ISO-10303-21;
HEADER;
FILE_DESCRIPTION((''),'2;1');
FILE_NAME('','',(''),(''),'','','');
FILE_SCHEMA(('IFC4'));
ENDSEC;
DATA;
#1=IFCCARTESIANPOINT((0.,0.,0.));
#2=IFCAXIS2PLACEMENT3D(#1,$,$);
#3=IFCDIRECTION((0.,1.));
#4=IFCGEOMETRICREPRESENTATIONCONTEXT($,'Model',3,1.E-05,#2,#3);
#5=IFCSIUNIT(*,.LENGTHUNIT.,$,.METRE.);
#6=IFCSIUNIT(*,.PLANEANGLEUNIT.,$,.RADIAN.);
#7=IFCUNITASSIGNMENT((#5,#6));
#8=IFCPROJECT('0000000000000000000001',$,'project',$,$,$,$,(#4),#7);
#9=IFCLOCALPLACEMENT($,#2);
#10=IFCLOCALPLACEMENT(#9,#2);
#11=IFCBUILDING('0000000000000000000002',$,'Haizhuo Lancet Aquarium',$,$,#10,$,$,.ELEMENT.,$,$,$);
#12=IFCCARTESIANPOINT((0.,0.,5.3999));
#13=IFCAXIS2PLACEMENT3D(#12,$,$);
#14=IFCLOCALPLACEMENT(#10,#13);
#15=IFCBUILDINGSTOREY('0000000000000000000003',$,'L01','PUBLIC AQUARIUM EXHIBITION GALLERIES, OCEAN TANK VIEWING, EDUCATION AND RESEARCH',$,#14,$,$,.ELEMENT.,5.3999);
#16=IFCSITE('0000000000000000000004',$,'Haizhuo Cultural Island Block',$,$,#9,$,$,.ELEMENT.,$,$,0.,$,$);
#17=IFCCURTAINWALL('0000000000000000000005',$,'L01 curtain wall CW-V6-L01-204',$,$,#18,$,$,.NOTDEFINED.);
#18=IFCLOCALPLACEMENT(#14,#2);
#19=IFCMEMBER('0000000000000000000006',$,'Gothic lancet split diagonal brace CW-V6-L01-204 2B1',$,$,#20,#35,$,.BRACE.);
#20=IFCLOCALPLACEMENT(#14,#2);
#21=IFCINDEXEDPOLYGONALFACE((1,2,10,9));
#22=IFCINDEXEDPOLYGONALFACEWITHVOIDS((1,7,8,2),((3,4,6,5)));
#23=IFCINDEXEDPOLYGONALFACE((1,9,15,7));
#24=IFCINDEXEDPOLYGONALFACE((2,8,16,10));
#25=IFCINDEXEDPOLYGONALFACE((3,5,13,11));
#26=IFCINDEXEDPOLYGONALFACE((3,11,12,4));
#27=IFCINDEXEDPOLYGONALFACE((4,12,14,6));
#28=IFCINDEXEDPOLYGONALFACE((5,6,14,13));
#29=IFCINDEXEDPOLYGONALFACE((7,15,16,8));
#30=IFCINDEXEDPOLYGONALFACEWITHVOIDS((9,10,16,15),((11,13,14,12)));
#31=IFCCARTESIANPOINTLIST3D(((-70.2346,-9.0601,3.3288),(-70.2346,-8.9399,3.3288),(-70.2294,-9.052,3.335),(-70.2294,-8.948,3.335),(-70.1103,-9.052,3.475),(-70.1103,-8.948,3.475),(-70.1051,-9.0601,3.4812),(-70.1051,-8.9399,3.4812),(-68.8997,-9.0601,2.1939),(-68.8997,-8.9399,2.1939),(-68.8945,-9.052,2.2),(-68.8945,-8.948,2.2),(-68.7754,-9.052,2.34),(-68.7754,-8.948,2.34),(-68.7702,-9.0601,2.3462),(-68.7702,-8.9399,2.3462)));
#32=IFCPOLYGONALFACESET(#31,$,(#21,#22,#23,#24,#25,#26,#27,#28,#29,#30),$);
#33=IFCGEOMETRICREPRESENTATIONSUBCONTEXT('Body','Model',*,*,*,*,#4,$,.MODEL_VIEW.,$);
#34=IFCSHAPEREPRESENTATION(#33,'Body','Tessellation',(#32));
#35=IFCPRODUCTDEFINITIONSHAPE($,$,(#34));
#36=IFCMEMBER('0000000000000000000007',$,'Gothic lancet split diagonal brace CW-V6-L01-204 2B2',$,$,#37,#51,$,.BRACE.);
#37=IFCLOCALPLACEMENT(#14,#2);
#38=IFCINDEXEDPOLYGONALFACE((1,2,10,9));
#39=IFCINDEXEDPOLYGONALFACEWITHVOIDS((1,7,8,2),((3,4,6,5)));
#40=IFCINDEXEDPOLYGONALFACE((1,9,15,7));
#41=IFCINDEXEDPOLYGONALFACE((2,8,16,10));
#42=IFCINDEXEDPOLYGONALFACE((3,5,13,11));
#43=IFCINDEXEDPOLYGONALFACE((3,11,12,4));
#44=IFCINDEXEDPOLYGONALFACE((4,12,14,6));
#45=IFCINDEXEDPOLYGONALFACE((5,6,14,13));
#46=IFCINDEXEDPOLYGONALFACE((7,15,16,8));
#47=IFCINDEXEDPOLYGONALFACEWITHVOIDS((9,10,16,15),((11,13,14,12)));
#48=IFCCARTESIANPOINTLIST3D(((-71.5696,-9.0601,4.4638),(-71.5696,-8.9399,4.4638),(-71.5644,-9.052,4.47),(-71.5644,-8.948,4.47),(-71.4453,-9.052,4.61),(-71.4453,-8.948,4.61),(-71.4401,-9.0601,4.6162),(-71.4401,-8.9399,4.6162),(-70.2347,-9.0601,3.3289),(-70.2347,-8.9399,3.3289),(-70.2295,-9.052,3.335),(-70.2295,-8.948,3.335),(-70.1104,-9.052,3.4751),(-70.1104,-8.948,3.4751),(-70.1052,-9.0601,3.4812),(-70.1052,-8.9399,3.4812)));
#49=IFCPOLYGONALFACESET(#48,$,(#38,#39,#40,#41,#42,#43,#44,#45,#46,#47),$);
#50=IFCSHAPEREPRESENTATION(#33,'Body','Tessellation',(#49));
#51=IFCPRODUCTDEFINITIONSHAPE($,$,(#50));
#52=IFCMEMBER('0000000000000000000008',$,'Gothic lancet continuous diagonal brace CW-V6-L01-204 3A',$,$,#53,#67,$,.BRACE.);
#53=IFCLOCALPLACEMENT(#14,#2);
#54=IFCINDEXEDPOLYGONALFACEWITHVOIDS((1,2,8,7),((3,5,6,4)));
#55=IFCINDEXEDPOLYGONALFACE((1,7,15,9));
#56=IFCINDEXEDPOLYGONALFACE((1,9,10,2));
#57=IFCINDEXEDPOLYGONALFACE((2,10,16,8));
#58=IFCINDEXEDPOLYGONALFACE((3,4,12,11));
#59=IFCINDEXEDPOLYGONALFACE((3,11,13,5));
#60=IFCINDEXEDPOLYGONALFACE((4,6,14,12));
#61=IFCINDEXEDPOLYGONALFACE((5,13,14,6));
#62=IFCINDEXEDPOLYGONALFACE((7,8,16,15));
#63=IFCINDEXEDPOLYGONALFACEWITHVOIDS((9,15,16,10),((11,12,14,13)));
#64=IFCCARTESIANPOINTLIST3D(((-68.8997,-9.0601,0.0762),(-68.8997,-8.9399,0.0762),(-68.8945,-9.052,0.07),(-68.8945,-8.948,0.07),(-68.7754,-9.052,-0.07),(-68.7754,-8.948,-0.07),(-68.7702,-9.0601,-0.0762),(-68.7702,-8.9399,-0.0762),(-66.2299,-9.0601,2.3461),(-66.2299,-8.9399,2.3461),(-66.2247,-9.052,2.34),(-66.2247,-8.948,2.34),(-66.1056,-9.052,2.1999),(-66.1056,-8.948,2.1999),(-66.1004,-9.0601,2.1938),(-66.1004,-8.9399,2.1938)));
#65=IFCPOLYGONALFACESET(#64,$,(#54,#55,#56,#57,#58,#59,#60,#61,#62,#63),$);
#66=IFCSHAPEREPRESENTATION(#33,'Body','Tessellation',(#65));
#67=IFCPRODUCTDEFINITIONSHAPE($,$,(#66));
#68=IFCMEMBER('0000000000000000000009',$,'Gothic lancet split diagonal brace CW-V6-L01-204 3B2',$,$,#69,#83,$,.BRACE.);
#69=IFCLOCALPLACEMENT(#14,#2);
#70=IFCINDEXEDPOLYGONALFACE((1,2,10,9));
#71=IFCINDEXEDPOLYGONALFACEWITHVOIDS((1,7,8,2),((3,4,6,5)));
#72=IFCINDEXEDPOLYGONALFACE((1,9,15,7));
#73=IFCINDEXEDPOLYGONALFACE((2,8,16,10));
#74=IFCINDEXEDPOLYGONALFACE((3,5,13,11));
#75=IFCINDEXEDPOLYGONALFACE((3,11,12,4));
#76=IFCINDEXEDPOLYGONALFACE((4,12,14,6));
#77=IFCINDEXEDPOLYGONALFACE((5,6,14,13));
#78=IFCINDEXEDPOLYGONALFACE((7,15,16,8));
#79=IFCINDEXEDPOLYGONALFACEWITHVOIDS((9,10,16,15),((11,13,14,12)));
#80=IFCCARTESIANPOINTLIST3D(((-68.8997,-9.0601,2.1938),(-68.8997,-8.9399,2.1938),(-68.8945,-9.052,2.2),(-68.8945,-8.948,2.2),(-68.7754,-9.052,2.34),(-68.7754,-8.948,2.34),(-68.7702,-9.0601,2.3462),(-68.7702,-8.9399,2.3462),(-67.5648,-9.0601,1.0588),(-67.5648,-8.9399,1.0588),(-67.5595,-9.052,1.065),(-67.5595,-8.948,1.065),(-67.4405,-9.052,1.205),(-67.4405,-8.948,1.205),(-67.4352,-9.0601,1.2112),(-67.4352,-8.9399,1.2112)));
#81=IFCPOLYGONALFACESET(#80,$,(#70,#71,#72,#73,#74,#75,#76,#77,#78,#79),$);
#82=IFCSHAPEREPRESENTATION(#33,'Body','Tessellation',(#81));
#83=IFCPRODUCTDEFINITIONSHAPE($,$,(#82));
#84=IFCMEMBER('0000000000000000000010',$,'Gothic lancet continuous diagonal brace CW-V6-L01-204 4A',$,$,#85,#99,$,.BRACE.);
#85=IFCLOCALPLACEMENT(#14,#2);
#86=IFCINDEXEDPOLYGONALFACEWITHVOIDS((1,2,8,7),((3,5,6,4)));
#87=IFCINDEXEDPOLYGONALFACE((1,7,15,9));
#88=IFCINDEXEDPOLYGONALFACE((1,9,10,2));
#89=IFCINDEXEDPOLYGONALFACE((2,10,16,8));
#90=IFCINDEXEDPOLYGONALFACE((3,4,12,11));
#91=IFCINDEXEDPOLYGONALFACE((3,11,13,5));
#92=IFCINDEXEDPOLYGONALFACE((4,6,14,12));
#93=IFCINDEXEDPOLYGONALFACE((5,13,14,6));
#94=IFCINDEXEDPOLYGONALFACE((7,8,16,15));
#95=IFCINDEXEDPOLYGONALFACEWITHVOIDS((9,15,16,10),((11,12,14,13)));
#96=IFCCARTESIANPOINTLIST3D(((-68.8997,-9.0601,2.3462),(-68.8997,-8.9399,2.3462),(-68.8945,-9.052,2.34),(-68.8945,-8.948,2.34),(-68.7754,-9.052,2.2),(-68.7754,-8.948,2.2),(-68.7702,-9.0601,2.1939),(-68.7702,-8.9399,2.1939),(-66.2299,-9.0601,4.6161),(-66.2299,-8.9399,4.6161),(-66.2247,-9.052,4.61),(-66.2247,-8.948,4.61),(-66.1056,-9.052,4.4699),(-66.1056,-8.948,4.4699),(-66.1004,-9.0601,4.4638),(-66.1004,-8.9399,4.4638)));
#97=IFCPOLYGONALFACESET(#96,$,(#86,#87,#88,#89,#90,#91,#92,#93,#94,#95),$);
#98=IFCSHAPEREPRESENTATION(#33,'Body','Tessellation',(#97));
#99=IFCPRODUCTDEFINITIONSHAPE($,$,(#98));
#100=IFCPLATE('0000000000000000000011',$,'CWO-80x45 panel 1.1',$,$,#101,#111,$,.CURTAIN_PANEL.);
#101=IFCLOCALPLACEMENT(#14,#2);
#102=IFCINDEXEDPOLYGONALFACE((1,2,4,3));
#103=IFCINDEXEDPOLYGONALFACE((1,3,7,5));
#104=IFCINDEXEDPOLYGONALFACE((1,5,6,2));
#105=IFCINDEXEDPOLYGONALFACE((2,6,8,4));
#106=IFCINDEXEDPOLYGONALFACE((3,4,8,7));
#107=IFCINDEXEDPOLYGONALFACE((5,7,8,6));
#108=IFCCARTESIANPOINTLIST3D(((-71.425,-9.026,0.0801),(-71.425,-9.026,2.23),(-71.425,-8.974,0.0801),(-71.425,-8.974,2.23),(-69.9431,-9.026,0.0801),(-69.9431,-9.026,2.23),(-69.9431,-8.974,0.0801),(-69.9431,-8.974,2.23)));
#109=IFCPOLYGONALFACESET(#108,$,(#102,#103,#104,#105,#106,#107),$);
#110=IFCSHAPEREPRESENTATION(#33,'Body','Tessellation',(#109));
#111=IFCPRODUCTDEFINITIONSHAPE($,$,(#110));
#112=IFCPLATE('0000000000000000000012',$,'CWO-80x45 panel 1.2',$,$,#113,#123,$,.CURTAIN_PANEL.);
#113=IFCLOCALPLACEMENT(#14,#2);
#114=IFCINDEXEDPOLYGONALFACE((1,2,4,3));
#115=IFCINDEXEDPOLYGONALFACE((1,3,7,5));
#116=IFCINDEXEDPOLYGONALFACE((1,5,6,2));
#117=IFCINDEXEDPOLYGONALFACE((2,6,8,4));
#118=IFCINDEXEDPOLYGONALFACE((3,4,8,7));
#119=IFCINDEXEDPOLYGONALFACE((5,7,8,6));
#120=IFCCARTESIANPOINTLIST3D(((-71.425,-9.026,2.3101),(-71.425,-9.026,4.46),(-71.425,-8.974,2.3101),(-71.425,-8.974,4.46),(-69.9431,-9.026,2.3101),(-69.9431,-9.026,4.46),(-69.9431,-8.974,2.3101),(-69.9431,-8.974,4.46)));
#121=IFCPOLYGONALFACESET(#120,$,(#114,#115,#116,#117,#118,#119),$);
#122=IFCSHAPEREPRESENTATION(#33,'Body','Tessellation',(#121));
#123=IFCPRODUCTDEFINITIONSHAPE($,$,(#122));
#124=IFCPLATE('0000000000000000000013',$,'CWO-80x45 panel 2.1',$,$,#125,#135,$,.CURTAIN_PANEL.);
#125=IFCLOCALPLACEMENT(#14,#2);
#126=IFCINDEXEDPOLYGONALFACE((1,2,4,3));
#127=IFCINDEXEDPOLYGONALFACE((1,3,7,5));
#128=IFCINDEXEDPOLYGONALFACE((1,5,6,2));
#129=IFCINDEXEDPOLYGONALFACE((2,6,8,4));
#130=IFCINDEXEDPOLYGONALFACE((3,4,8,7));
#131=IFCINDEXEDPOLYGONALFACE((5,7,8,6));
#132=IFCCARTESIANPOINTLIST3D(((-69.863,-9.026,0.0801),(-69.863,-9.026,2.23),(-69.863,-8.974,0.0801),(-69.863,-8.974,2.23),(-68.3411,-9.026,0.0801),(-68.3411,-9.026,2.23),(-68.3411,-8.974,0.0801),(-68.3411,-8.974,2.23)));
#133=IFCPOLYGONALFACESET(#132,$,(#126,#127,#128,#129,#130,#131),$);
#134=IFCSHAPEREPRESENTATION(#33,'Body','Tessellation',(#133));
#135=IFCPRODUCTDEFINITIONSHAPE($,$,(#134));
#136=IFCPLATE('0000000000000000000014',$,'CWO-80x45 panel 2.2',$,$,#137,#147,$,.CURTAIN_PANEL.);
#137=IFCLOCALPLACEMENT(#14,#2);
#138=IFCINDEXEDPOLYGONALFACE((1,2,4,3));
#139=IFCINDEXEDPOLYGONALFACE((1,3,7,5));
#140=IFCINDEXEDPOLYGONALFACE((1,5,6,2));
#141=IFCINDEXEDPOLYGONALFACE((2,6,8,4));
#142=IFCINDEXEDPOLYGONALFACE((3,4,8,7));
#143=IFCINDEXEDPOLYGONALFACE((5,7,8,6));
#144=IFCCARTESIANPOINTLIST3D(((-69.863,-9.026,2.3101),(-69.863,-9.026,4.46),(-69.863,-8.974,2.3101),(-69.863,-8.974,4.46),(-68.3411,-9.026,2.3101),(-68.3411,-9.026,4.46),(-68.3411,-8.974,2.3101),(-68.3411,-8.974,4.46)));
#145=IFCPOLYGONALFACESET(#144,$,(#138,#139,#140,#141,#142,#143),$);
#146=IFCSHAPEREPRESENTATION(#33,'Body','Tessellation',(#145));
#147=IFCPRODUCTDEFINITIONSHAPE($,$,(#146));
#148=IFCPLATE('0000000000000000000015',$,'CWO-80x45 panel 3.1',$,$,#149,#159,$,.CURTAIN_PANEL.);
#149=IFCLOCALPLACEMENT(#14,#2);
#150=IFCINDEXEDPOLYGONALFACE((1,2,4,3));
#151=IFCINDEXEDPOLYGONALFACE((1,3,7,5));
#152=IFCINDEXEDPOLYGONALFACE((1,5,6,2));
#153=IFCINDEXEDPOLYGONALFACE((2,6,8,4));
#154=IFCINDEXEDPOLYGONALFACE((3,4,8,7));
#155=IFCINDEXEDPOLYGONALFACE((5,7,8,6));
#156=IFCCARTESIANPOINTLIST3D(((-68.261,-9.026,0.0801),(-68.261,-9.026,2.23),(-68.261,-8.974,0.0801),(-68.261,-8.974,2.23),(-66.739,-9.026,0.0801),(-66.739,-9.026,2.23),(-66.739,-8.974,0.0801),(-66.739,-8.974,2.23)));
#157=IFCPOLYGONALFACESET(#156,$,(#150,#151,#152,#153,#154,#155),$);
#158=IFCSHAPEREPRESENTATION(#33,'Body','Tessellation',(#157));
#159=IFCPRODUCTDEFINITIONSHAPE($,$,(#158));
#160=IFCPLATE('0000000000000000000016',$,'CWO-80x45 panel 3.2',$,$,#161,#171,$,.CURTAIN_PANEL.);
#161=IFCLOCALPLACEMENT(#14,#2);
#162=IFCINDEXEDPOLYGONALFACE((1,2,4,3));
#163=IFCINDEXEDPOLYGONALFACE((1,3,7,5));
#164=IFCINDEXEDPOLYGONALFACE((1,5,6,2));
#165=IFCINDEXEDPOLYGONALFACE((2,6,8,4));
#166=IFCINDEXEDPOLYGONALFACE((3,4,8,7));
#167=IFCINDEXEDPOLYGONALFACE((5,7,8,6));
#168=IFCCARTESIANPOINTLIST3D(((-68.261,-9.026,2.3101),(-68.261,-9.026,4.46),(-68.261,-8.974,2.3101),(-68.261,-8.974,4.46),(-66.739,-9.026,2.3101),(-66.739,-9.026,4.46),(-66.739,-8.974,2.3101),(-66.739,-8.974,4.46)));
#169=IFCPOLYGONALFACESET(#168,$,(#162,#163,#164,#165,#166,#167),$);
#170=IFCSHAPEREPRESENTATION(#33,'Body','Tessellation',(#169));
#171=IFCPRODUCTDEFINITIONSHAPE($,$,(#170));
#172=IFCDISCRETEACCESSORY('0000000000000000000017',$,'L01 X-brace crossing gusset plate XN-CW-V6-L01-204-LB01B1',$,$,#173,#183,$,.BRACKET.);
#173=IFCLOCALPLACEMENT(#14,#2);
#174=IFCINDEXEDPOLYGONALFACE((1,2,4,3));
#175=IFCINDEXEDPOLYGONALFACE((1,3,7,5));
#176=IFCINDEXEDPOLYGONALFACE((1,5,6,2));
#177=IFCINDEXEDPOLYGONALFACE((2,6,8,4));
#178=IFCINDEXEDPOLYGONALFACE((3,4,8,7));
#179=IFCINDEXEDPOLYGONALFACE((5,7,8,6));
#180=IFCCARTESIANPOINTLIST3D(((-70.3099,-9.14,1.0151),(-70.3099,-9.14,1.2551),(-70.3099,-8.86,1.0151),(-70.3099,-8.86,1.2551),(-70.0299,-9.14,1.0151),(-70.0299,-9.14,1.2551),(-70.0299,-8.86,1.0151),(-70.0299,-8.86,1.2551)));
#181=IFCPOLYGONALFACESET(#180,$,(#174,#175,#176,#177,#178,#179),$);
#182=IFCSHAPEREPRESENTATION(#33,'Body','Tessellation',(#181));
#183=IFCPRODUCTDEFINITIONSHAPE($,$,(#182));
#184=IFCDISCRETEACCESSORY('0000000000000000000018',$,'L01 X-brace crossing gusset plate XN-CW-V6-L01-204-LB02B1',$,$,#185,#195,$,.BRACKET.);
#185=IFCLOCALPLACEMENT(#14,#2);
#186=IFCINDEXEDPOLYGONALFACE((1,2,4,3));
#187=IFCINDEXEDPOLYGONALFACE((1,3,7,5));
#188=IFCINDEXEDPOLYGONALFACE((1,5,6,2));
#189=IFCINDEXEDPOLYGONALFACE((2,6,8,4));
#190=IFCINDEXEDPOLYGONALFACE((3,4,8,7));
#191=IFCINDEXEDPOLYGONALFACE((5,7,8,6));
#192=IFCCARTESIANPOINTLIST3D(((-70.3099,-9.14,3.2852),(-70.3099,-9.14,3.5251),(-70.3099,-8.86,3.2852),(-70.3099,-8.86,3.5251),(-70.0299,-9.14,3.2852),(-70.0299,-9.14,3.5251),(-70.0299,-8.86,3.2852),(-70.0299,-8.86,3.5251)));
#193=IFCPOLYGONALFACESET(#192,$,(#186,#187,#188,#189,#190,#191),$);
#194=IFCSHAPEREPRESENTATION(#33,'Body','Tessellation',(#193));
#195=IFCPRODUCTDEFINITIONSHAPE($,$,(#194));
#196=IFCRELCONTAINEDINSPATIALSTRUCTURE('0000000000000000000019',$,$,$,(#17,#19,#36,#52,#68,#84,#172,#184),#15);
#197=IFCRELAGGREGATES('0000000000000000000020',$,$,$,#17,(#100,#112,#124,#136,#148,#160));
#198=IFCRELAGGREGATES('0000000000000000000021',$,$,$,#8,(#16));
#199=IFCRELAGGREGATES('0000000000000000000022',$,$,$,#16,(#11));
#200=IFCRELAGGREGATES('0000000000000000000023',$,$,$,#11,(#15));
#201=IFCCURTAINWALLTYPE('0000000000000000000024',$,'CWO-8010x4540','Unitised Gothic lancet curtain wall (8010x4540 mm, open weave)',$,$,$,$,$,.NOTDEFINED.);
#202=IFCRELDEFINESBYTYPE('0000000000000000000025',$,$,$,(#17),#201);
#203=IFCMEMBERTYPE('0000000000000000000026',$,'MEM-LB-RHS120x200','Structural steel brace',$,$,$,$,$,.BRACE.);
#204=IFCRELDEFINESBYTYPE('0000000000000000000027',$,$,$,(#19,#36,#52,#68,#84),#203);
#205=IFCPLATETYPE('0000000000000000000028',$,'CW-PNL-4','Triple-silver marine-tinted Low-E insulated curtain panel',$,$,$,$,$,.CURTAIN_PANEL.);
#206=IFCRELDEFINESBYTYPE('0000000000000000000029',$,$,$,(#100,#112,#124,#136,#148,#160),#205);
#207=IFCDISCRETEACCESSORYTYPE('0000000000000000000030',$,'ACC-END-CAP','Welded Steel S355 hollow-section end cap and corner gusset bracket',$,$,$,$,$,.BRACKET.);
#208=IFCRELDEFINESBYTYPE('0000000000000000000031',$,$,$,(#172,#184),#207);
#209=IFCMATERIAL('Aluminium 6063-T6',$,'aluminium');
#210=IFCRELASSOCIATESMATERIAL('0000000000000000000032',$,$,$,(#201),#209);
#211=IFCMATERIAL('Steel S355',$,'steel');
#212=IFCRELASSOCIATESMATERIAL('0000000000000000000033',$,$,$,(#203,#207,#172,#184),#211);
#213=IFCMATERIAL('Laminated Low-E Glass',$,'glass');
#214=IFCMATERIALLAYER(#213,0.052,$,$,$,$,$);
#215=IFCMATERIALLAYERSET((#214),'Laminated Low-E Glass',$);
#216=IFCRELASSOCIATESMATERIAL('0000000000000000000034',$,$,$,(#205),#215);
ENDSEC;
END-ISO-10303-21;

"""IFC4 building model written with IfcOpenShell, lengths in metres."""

from ifc_helpers import new_model, si_unit, direction, frame, origin, origin_2d, place, context, subcontext, project, spatial, rectangle, hollow_rectangle, extrude, material, layer, layer_set, material_profile, profile_set, type_object, element, aggregate, save


model = new_model("IFC4")

# Units and contexts
model_context = context("Model", 3, precision=1e-05, world=origin(), true_north=direction((0.0, 1.0)))
body_context = subcontext(model_context, "Body", "Model", "MODEL_VIEW")
ifc_project = project(units=[si_unit("LENGTHUNIT", "METRE"), si_unit("PLANEANGLEUNIT", "RADIAN")], contexts=[model_context])

# Site, building, storey
site_placement = place(None, origin())
site = spatial("IfcSite", under=ifc_project, at=site_placement, Name="Haizhuo Cultural Island Block", CompositionType="ELEMENT", RefElevation=0.0)
building_placement = place(site_placement, origin())
building = spatial("IfcBuilding", under=site, at=building_placement, Name="Haizhuo Lancet Aquarium", CompositionType="ELEMENT")
storey_placement = place(building_placement, frame((0.0, 0.0, 5.3999)))
storey = spatial("IfcBuildingStorey", under=building, at=storey_placement, Name="L01", Description="PUBLIC AQUARIUM EXHIBITION GALLERIES, OCEAN TANK VIEWING, EDUCATION AND RESEARCH", CompositionType="ELEMENT", Elevation=5.3999)

# Curtain wall
ifc_material_1 = material(Name="Aluminium 6063-T6", Category="aluminium")
curtain_wall_type = type_object("IfcCurtainWallType", Name="CWO-8010x4540", Description="Unitised Gothic lancet curtain wall (8010x4540 mm, open weave)", PredefinedType="NOTDEFINED", material=ifc_material_1)
curtain_wall_placement = place(storey_placement, origin())
curtain_wall = element("IfcCurtainWall", 1, at=curtain_wall_placement, inside=storey, type_object=curtain_wall_type, Name="L01 curtain wall CW-V6-L01-204", PredefinedType="NOTDEFINED")

# Members
ifc_material_2 = material(Name="Steel S355", Category="steel")
ifc_material_profile_1 = material_profile(ifc_material_2, hollow_rectangle(XDim=0.1201, YDim=0.2, WallThickness=0.0081, at=origin_2d()), Name="RHS 120x200x8")
ifc_profile_set_1 = profile_set([ifc_material_profile_1], Name="Steel S355")
member_type_1 = type_object("IfcMemberType", Name="MEM-LB-RHS120x200", Description="Structural steel brace", PredefinedType="BRACE", material=ifc_profile_set_1)
for number, where, z_axis, x_axis, name in (
    (2, (-68.835, -9.0, 2.27), (-0.761857, 0.0, 0.647745), (0.0, -1.0, 0.0), "Gothic lancet split diagonal brace CW-V6-L01-204 2B1"),
    (3, (-70.1699, -9.0, 3.405), (-0.761857, 0.0, 0.647745), (0.0, -1.0, 0.0), "Gothic lancet split diagonal brace CW-V6-L01-204 2B2"),
):
    element("IfcMember", number, at=place(storey_placement, frame(where, z_axis=z_axis, x_axis=x_axis)), inside=storey, type_object=member_type_1, Name=name, PredefinedType="BRACE", context=body_context, shape_type="SweptSolid", body=[
        extrude(hollow_rectangle(XDim=0.1201, YDim=0.2, WallThickness=0.0081, at=origin_2d()), origin(), (0.0, 0.0, 1.0), 1.7522),
    ])
member_1_placement = place(storey_placement, frame((-68.835, -9.0, 0.0), z_axis=(0.761857, 0.0, 0.647745), x_axis=(0.0, 1.0, 0.0)))
element("IfcMember", 4, at=member_1_placement, inside=storey, type_object=member_type_1, Name="Gothic lancet continuous diagonal brace CW-V6-L01-204 3A", PredefinedType="BRACE", context=body_context, shape_type="SweptSolid", body=[
    extrude(hollow_rectangle(XDim=0.1201, YDim=0.2, WallThickness=0.0081, at=origin_2d()), origin(), (0.0, 0.0, 1.0), 3.5044),
])
member_2_placement = place(storey_placement, frame((-67.5, -9.0, 1.135), z_axis=(-0.761857, 0.0, 0.647745), x_axis=(0.0, -1.0, 0.0)))
element("IfcMember", 5, at=member_2_placement, inside=storey, type_object=member_type_1, Name="Gothic lancet split diagonal brace CW-V6-L01-204 3B2", PredefinedType="BRACE", context=body_context, shape_type="SweptSolid", body=[
    extrude(hollow_rectangle(XDim=0.1201, YDim=0.2, WallThickness=0.0081, at=origin_2d()), origin(), (0.0, 0.0, 1.0), 1.7522),
])
member_3_placement = place(storey_placement, frame((-68.835, -9.0, 2.27), z_axis=(0.761857, 0.0, 0.647745), x_axis=(0.0, 1.0, 0.0)))
element("IfcMember", 6, at=member_3_placement, inside=storey, type_object=member_type_1, Name="Gothic lancet continuous diagonal brace CW-V6-L01-204 4A", PredefinedType="BRACE", context=body_context, shape_type="SweptSolid", body=[
    extrude(hollow_rectangle(XDim=0.1201, YDim=0.2, WallThickness=0.0081, at=origin_2d()), origin(), (0.0, 0.0, 1.0), 3.5044),
])

# Plates
ifc_material_3 = material(Name="Laminated Low-E Glass", Category="glass")
ifc_layer = layer(ifc_material_3, 0.052)
ifc_layer_set = layer_set([ifc_layer], Name="Laminated Low-E Glass")
plate_type = type_object("IfcPlateType", Name="CW-PNL-4", Description="Triple-silver marine-tinted Low-E insulated curtain panel", PredefinedType="CURTAIN_PANEL", material=ifc_layer_set)
plate_1_placement = place(storey_placement, frame((-70.6841, -9.0, 0.0801), z_axis=(0.0, 0.0, 1.0), x_axis=(1.0, 0.0, 0.0)))
plate_1 = element("IfcPlate", 7, at=plate_1_placement, type_object=plate_type, Name="CWO-80x45 panel 1.1", PredefinedType="CURTAIN_PANEL", context=body_context, shape_type="SweptSolid", body=[
    extrude(rectangle(XDim=1.4819, YDim=0.052, at=origin_2d()), origin(), (0.0, 0.0, 1.0), 2.1499),
])
plate_2_placement = place(storey_placement, frame((-70.6841, -9.0, 2.3101), z_axis=(0.0, 0.0, 1.0), x_axis=(1.0, 0.0, 0.0)))
plate_2 = element("IfcPlate", 8, at=plate_2_placement, type_object=plate_type, Name="CWO-80x45 panel 1.2", PredefinedType="CURTAIN_PANEL", context=body_context, shape_type="SweptSolid", body=[
    extrude(rectangle(XDim=1.4819, YDim=0.052, at=origin_2d()), origin(), (0.0, 0.0, 1.0), 2.1499),
])
plate_3_placement = place(storey_placement, frame((-69.1021, -9.0, 0.0801), z_axis=(0.0, 0.0, 1.0), x_axis=(1.0, 0.0, 0.0)))
plate_3 = element("IfcPlate", 9, at=plate_3_placement, type_object=plate_type, Name="CWO-80x45 panel 2.1", PredefinedType="CURTAIN_PANEL", context=body_context, shape_type="SweptSolid", body=[
    extrude(rectangle(XDim=1.522, YDim=0.052, at=origin_2d()), origin(), (0.0, 0.0, 1.0), 2.1499),
])
plate_4_placement = place(storey_placement, frame((-69.1021, -9.0, 2.3101), z_axis=(0.0, 0.0, 1.0), x_axis=(1.0, 0.0, 0.0)))
plate_4 = element("IfcPlate", 10, at=plate_4_placement, type_object=plate_type, Name="CWO-80x45 panel 2.2", PredefinedType="CURTAIN_PANEL", context=body_context, shape_type="SweptSolid", body=[
    extrude(rectangle(XDim=1.522, YDim=0.052, at=origin_2d()), origin(), (0.0, 0.0, 1.0), 2.1499),
])
plate_5_placement = place(storey_placement, frame((-67.5, -9.0, 0.0801), z_axis=(0.0, 0.0, 1.0), x_axis=(1.0, 0.0, 0.0)))
plate_5 = element("IfcPlate", 11, at=plate_5_placement, type_object=plate_type, Name="CWO-80x45 panel 3.1", PredefinedType="CURTAIN_PANEL", context=body_context, shape_type="SweptSolid", body=[
    extrude(rectangle(XDim=1.522, YDim=0.052, at=origin_2d()), origin(), (0.0, 0.0, 1.0), 2.1499),
])
plate_6_placement = place(storey_placement, frame((-67.5, -9.0, 2.3101), z_axis=(0.0, 0.0, 1.0), x_axis=(1.0, 0.0, 0.0)))
plate_6 = element("IfcPlate", 12, at=plate_6_placement, type_object=plate_type, Name="CWO-80x45 panel 3.2", PredefinedType="CURTAIN_PANEL", context=body_context, shape_type="SweptSolid", body=[
    extrude(rectangle(XDim=1.522, YDim=0.052, at=origin_2d()), origin(), (0.0, 0.0, 1.0), 2.1499),
])
aggregate(curtain_wall, [plate_1, plate_2, plate_3, plate_4, plate_5, plate_6])

# Discrete accessories
discrete_accessory_type = type_object("IfcDiscreteAccessoryType", Name="ACC-END-CAP", Description="Welded Steel S355 hollow-section end cap and corner gusset bracket", PredefinedType="BRACKET", material=ifc_material_2)
for number, where, z_axis, x_axis, name in (
    (13, (-70.1699, -9.0, 1.0151), (0.0, 0.0, 1.0), (1.0, 0.0, 0.0), "L01 X-brace crossing gusset plate XN-CW-V6-L01-204-LB01B1"),
    (14, (-70.1699, -9.0, 3.2852), (0.0, 0.0, 1.0), (1.0, 0.0, 0.0), "L01 X-brace crossing gusset plate XN-CW-V6-L01-204-LB02B1"),
):
    element("IfcDiscreteAccessory", number, at=place(storey_placement, frame(where, z_axis=z_axis, x_axis=x_axis)), inside=storey, type_object=discrete_accessory_type, material=ifc_material_2, Name=name, PredefinedType="BRACKET", context=body_context, shape_type="SweptSolid", body=[
        extrude(rectangle(XDim=0.28, YDim=0.28, at=origin_2d()), origin(), (0.0, 0.0, 1.0), 0.24),
    ])

save(model, "model.ifc")
